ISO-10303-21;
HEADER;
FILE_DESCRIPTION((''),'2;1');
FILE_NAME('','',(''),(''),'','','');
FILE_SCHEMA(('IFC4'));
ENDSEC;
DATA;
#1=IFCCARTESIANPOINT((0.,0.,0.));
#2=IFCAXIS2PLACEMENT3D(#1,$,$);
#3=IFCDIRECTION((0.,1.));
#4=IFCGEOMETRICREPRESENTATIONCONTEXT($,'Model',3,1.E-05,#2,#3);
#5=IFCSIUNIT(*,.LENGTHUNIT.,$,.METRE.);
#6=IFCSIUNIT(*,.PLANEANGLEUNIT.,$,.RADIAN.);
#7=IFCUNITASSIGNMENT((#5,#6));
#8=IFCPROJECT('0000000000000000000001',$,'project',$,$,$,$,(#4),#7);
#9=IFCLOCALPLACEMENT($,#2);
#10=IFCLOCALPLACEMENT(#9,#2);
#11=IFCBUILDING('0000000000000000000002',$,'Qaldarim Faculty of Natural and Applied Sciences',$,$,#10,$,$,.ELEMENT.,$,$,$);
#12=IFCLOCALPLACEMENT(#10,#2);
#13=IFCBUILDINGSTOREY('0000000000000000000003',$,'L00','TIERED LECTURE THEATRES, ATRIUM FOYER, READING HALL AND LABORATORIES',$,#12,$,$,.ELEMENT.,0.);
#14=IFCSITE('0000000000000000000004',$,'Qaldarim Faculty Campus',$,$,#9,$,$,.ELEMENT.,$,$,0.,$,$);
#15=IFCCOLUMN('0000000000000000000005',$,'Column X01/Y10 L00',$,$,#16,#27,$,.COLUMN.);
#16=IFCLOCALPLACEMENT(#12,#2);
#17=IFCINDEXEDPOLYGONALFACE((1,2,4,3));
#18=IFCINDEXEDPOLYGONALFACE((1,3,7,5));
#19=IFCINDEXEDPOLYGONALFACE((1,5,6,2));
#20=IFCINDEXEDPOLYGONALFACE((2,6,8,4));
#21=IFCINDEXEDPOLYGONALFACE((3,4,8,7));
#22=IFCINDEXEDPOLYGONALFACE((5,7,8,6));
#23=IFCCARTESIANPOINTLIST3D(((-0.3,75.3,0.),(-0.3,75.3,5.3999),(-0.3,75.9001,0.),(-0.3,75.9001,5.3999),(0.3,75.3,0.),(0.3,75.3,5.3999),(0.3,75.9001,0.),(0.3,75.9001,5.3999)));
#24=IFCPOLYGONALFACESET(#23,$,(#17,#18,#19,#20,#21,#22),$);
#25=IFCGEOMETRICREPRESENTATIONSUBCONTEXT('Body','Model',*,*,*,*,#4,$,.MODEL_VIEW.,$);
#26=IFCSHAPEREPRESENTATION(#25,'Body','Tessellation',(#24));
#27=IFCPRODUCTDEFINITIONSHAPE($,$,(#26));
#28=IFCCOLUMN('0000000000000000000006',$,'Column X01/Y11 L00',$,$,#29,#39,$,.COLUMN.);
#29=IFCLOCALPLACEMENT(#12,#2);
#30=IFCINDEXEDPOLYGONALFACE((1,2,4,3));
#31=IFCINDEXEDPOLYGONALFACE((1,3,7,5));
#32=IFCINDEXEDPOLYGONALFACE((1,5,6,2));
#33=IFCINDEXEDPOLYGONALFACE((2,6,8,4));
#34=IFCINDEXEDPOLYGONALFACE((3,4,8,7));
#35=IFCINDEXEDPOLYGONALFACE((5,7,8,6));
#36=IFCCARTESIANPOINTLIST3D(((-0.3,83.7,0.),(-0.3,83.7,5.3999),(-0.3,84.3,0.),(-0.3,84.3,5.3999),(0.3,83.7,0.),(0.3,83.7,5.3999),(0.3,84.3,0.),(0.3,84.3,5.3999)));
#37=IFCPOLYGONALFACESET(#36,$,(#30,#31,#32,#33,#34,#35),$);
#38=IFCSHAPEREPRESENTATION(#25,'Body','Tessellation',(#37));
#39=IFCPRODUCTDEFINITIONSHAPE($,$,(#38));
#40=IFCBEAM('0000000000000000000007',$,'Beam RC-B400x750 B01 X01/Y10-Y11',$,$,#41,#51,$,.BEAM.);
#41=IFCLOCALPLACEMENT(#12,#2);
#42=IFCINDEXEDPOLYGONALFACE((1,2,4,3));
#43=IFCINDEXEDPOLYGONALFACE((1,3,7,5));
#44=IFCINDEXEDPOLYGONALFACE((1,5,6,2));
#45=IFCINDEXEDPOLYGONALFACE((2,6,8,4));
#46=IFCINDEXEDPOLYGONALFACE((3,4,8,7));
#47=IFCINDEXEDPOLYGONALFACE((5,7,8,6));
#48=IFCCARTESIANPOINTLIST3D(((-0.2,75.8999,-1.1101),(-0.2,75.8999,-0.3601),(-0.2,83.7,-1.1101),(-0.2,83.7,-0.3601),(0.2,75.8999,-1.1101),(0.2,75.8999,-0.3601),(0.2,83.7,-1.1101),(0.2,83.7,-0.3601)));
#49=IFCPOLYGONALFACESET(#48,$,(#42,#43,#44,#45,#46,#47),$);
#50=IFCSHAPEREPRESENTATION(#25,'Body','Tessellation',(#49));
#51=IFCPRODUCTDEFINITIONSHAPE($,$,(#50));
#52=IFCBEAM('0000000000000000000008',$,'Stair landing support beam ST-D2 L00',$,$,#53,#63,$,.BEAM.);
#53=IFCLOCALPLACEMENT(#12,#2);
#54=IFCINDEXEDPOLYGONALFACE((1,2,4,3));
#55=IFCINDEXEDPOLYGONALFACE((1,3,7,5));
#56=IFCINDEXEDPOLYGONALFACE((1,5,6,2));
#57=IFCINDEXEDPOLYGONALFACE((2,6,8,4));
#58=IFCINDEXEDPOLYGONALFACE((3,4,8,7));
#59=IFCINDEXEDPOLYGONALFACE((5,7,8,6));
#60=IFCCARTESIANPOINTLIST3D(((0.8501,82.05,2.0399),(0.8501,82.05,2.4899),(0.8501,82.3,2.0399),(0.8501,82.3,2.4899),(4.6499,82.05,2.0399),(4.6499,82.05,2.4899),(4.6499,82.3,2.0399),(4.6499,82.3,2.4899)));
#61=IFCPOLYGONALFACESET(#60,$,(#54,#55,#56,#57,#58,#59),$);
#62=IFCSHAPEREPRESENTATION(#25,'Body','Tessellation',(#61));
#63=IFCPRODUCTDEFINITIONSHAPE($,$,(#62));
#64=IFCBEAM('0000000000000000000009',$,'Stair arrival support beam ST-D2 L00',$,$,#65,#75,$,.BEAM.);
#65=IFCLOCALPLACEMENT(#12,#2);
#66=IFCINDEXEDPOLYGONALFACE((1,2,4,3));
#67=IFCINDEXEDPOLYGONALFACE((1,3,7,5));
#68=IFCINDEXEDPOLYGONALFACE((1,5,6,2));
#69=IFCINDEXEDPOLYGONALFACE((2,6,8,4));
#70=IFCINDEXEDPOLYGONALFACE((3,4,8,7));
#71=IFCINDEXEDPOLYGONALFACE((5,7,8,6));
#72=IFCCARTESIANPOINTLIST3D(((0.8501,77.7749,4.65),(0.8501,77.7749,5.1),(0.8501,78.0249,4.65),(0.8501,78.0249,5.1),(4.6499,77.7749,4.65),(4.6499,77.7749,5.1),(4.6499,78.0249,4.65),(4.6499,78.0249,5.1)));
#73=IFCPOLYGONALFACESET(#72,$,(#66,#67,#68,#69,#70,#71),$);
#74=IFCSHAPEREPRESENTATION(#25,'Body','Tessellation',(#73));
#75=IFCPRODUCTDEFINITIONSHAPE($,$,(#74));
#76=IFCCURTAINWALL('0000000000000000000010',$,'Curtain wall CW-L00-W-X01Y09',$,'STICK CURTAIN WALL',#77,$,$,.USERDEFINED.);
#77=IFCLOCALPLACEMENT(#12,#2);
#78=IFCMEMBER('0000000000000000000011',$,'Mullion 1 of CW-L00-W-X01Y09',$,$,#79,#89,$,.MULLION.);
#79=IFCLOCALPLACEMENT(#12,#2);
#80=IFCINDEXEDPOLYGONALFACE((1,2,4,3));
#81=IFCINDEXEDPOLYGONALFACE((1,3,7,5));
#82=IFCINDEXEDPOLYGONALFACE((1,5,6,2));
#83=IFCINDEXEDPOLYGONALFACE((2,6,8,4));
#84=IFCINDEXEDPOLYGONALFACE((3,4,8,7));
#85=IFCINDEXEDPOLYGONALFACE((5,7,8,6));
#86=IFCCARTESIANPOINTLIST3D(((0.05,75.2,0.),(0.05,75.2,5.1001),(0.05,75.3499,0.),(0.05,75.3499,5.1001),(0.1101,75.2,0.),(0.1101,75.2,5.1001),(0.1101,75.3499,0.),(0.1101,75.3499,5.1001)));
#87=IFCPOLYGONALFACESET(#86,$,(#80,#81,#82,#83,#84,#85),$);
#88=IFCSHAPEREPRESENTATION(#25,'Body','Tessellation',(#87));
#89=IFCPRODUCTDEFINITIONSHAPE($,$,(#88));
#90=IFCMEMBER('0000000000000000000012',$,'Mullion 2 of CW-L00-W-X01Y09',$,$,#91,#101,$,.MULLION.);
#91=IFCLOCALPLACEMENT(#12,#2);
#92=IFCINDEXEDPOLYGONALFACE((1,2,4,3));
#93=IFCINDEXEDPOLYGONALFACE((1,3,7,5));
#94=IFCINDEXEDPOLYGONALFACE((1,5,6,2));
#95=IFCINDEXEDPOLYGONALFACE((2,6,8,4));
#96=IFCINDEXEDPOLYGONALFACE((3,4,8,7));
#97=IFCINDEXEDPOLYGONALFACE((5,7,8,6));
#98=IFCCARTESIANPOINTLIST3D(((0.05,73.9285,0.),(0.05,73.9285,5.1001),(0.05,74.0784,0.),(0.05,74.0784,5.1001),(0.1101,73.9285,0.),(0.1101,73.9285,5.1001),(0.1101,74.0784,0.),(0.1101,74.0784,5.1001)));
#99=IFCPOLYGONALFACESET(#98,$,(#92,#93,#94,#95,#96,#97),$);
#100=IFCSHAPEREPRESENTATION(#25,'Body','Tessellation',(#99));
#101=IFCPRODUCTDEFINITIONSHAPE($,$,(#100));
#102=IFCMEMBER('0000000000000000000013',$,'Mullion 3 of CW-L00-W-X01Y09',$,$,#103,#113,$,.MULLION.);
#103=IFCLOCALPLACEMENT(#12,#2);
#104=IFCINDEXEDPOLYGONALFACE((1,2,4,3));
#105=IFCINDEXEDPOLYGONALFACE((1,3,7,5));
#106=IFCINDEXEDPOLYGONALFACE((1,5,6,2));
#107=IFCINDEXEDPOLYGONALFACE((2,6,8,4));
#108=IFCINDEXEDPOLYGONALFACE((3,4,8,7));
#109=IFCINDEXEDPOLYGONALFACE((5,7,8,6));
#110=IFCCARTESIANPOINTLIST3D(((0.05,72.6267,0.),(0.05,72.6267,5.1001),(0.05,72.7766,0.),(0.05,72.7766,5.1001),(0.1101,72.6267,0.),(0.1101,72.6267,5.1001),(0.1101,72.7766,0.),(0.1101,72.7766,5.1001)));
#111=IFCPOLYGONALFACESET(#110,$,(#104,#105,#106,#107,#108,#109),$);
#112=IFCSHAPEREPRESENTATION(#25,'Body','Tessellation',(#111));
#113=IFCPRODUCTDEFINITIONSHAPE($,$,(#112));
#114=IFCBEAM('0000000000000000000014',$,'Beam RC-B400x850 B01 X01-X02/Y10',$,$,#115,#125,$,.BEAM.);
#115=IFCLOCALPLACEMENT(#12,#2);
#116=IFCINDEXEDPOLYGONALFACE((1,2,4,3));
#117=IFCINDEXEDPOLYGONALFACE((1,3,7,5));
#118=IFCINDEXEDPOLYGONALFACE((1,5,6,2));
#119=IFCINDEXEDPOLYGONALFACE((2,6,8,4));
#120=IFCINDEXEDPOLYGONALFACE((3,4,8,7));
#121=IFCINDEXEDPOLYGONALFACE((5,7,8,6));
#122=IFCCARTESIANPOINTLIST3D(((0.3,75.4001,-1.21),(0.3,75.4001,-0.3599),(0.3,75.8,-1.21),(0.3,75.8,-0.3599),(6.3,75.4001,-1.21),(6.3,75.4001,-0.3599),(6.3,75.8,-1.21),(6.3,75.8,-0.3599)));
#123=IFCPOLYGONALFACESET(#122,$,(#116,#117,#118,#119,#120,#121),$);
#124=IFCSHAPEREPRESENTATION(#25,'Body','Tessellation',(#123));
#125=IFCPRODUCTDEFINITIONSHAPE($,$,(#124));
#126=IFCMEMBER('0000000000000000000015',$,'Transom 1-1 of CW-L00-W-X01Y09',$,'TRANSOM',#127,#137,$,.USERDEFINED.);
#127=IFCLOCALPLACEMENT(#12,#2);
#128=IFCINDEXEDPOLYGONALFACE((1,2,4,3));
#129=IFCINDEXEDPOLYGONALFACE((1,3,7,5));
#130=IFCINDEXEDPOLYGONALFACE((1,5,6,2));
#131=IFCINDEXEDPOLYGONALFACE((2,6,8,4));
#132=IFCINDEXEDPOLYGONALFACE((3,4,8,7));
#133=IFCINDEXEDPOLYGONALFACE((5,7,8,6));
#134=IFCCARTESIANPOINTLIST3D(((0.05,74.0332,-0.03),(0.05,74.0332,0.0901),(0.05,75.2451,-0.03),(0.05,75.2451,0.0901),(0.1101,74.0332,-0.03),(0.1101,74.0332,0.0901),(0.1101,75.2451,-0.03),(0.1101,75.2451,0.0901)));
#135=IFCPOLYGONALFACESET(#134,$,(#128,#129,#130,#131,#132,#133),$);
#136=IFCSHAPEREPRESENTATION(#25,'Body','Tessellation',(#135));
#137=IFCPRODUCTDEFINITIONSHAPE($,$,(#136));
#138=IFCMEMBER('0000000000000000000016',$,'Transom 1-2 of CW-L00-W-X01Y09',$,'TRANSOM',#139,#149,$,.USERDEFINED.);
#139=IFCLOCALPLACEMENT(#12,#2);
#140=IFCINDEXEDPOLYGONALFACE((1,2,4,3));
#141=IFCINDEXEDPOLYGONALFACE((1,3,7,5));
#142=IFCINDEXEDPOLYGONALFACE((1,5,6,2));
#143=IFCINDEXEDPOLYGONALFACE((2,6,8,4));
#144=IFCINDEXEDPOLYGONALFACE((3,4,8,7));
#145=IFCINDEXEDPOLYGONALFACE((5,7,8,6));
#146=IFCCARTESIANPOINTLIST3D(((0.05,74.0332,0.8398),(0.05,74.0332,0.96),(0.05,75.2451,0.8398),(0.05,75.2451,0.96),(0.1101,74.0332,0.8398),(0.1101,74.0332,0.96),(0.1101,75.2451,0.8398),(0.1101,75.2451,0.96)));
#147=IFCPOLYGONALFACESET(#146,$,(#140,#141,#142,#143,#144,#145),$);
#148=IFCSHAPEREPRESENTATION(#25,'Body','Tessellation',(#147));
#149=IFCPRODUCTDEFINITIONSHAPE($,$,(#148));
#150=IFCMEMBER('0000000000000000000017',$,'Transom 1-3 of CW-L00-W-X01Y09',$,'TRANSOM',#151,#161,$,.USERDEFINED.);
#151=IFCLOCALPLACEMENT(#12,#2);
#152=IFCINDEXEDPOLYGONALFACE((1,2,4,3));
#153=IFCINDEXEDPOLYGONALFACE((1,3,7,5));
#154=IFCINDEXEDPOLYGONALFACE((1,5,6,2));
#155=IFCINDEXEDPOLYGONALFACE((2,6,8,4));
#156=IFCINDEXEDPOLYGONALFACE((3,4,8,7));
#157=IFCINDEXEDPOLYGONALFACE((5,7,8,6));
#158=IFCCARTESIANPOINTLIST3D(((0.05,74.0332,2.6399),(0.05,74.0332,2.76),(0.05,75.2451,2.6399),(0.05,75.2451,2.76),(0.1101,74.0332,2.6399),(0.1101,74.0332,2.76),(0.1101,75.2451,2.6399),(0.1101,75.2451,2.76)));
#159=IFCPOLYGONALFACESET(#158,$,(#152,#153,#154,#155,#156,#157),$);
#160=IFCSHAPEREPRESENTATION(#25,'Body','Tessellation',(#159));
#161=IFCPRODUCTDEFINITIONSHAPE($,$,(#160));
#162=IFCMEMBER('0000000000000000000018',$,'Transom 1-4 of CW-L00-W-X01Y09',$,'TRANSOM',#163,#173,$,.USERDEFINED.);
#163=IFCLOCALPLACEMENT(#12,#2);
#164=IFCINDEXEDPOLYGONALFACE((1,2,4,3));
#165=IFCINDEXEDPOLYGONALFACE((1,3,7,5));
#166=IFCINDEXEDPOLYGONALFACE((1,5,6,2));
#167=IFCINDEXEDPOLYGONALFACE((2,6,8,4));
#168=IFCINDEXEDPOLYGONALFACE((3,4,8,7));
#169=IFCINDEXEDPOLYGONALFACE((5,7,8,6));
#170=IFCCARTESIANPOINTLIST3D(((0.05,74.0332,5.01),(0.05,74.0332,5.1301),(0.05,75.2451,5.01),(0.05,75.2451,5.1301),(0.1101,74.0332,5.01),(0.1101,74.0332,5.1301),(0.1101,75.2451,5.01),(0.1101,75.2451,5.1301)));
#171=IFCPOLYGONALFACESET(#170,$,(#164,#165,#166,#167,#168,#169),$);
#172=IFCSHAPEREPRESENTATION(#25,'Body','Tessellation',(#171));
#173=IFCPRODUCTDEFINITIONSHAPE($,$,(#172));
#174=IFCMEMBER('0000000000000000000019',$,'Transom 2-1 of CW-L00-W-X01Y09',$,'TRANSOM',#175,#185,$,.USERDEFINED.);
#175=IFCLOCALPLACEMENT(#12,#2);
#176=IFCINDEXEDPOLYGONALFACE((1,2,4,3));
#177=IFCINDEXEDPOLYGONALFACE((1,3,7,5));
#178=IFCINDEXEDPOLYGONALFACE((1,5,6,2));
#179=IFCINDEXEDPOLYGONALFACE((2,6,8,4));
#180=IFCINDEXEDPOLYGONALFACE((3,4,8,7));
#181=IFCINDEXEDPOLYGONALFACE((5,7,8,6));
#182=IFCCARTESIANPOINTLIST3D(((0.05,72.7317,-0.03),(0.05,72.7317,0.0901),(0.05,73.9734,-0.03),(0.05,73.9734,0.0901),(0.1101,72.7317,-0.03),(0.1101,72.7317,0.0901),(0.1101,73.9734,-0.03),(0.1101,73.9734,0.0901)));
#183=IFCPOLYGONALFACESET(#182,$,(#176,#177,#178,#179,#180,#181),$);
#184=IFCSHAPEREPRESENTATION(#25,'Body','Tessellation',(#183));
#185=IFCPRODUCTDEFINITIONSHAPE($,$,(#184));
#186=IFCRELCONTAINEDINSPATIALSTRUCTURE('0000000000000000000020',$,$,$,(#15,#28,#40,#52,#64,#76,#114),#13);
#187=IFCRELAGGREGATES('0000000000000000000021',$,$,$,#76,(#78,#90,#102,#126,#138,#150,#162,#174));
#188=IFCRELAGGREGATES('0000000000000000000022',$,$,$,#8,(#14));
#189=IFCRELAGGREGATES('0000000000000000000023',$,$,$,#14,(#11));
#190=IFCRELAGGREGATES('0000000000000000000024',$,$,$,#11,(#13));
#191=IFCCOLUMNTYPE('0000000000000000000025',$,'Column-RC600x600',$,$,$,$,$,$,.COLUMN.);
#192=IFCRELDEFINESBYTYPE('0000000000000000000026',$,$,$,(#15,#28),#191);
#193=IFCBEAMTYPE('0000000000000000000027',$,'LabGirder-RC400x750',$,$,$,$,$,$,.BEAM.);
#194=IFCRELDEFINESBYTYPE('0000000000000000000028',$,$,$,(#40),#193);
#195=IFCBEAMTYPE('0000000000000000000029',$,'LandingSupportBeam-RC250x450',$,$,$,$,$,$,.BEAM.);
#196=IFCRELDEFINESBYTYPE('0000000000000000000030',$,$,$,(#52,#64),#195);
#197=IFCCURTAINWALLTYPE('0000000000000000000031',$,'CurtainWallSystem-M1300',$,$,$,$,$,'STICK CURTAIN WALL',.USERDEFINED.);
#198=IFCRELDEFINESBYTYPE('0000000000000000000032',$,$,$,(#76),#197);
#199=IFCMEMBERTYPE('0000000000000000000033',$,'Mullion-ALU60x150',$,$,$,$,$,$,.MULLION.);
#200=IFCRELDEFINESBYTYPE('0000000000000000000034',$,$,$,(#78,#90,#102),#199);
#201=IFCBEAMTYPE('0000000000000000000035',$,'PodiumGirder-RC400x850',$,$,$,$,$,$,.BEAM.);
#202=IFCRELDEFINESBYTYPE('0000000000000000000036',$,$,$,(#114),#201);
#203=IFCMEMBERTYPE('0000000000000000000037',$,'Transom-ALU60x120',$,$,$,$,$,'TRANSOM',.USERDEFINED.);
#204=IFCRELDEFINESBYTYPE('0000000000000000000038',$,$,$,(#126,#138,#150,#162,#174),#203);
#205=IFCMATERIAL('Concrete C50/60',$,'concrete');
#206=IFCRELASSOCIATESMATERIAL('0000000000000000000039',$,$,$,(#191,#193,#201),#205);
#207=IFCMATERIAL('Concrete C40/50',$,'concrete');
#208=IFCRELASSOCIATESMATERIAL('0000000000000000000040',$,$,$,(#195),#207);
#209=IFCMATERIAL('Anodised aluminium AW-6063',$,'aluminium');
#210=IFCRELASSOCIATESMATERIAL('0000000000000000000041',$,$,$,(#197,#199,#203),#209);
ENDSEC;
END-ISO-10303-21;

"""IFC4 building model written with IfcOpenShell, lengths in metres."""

from ifc_helpers import new_model, si_unit, direction, frame, origin, origin_2d, place, context, subcontext, project, spatial, rectangle, extrude, material, material_profile, profile_set, type_object, element, aggregate, save


model = new_model("IFC4")

# Units and contexts
model_context = context("Model", 3, precision=1e-05, world=origin(), true_north=direction((0.0, 1.0)))
body_context = subcontext(model_context, "Body", "Model", "MODEL_VIEW")
ifc_project = project(units=[si_unit("LENGTHUNIT", "METRE"), si_unit("PLANEANGLEUNIT", "RADIAN")], contexts=[model_context])

# Site, building, storey
site_placement = place(None, origin())
site = spatial("IfcSite", under=ifc_project, at=site_placement, Name="Qaldarim Faculty Campus", CompositionType="ELEMENT", RefElevation=0.0)
building_placement = place(site_placement, origin())
building = spatial("IfcBuilding", under=site, at=building_placement, Name="Qaldarim Faculty of Natural and Applied Sciences", CompositionType="ELEMENT")
storey_placement = place(building_placement, origin())
storey = spatial("IfcBuildingStorey", under=building, at=storey_placement, Name="L00", Description="TIERED LECTURE THEATRES, ATRIUM FOYER, READING HALL AND LABORATORIES", CompositionType="ELEMENT", Elevation=0.0)

# Columns
ifc_material_1 = material(Name="Concrete C50/60", Category="concrete")
ifc_material_profile_1 = material_profile(ifc_material_1, rectangle(XDim=0.6001, YDim=0.6001, at=origin_2d()), Name="RC-C600x600")
ifc_profile_set_1 = profile_set([ifc_material_profile_1], Name="Concrete C50/60")
column_type = type_object("IfcColumnType", Name="Column-RC600x600", PredefinedType="COLUMN", material=ifc_profile_set_1)
for number, where, z_axis, x_axis, name in (
    (1, (0.0, 75.6001, 0.0), (0.0, 0.0, 1.0), (1.0, 0.0, 0.0), "Column X01/Y10 L00"),
    (2, (0.0, 84.0, 0.0), (0.0, 0.0, 1.0), (1.0, 0.0, 0.0), "Column X01/Y11 L00"),
):
    element("IfcColumn", number, at=place(storey_placement, frame(where, z_axis=z_axis, x_axis=x_axis)), inside=storey, type_object=column_type, Name=name, PredefinedType="COLUMN", context=body_context, shape_type="SweptSolid", body=[
        extrude(rectangle(XDim=0.6001, YDim=0.6001, at=origin_2d()), origin(), (0.0, 0.0, 1.0), 5.3999),
    ])

# Beams
ifc_material_profile_2 = material_profile(ifc_material_1, rectangle(XDim=0.3999, YDim=0.75, at=origin_2d()), Name="RC-B400x750")
ifc_profile_set_2 = profile_set([ifc_material_profile_2], Name="Concrete C50/60")
beam_type_1 = type_object("IfcBeamType", Name="LabGirder-RC400x750", PredefinedType="BEAM", material=ifc_profile_set_2)
beam_1_placement = place(storey_placement, frame((0.0, 75.8999, -0.7351), z_axis=(0.0, 1.0, 0.0), x_axis=(-1.0, 0.0, 0.0)))
element("IfcBeam", 3, at=beam_1_placement, inside=storey, type_object=beam_type_1, Name="Beam RC-B400x750 B01 X01/Y10-Y11", PredefinedType="BEAM", context=body_context, shape_type="SweptSolid", body=[
    extrude(rectangle(XDim=0.3999, YDim=0.75, at=origin_2d()), origin(), (0.0, 0.0, 1.0), 7.8),
])
ifc_material_2 = material(Name="Concrete C40/50", Category="concrete")
ifc_material_profile_3 = material_profile(ifc_material_2, rectangle(XDim=0.25, YDim=0.45, at=origin_2d()), Name="RC-LN250x450")
ifc_profile_set_3 = profile_set([ifc_material_profile_3], Name="Concrete C40/50")
beam_type_2 = type_object("IfcBeamType", Name="LandingSupportBeam-RC250x450", PredefinedType="BEAM", material=ifc_profile_set_3)
for number, where, z_axis, x_axis, name in (
    (4, (0.8501, 82.175, 2.2649), (1.0, 0.0, 0.0), (0.0, 1.0, 0.0), "Stair landing support beam ST-D2 L00"),
    (5, (0.8501, 77.8999, 4.875), (1.0, 0.0, 0.0), (0.0, 1.0, 0.0), "Stair arrival support beam ST-D2 L00"),
):
    element("IfcBeam", number, at=place(storey_placement, frame(where, z_axis=z_axis, x_axis=x_axis)), inside=storey, type_object=beam_type_2, Name=name, PredefinedType="BEAM", context=body_context, shape_type="SweptSolid", body=[
        extrude(rectangle(XDim=0.25, YDim=0.45, at=origin_2d()), origin(), (0.0, 0.0, 1.0), 3.7998),
    ])

# Curtain wall, members
ifc_material_3 = material(Name="Anodised aluminium AW-6063", Category="aluminium")
curtain_wall_type = type_object("IfcCurtainWallType", Name="CurtainWallSystem-M1300", ElementType="STICK CURTAIN WALL", PredefinedType="USERDEFINED", material=ifc_material_3)
curtain_wall_placement = place(storey_placement, origin())
curtain_wall = element("IfcCurtainWall", 6, at=curtain_wall_placement, inside=storey, type_object=curtain_wall_type, Name="Curtain wall CW-L00-W-X01Y09", ObjectType="STICK CURTAIN WALL", PredefinedType="USERDEFINED")
ifc_material_profile_4 = material_profile(ifc_material_3, rectangle(XDim=0.0601, YDim=0.1499, at=origin_2d()), Name="ALU-M60x150")
ifc_profile_set_4 = profile_set([ifc_material_profile_4], Name="Anodised aluminium AW-6063")
member_type_1 = type_object("IfcMemberType", Name="Mullion-ALU60x150", PredefinedType="MULLION", material=ifc_profile_set_4)
member_1_placement = place(storey_placement, frame((0.0801, 75.2749, 0.0), z_axis=(0.0, 0.0, 1.0), x_axis=(1.0, 0.0, 0.0)))
member_1 = element("IfcMember", 7, at=member_1_placement, type_object=member_type_1, Name="Mullion 1 of CW-L00-W-X01Y09", PredefinedType="MULLION", context=body_context, shape_type="SweptSolid", body=[
    extrude(rectangle(XDim=0.0601, YDim=0.1499, at=origin_2d()), origin(), (0.0, 0.0, 1.0), 5.1001),
])
member_2_placement = place(storey_placement, frame((0.0801, 74.0034, 0.0), z_axis=(0.0, 0.0, 1.0), x_axis=(1.0, 0.0, 0.0)))
member_2 = element("IfcMember", 8, at=member_2_placement, type_object=member_type_1, Name="Mullion 2 of CW-L00-W-X01Y09", PredefinedType="MULLION", context=body_context, shape_type="SweptSolid", body=[
    extrude(rectangle(XDim=0.0601, YDim=0.1499, at=origin_2d()), origin(), (0.0, 0.0, 1.0), 5.1001),
])
member_3_placement = place(storey_placement, frame((0.0801, 72.7017, 0.0), z_axis=(0.0, 0.0, 1.0), x_axis=(1.0, 0.0, 0.0)))
member_3 = element("IfcMember", 9, at=member_3_placement, type_object=member_type_1, Name="Mullion 3 of CW-L00-W-X01Y09", PredefinedType="MULLION", context=body_context, shape_type="SweptSolid", body=[
    extrude(rectangle(XDim=0.0601, YDim=0.1499, at=origin_2d()), origin(), (0.0, 0.0, 1.0), 5.1001),
])

# Beam
ifc_material_profile_5 = material_profile(ifc_material_1, rectangle(XDim=0.3999, YDim=0.8501, at=origin_2d()), Name="RC-B400x850")
ifc_profile_set_5 = profile_set([ifc_material_profile_5], Name="Concrete C50/60")
beam_type_3 = type_object("IfcBeamType", Name="PodiumGirder-RC400x850", PredefinedType="BEAM", material=ifc_profile_set_5)
beam_2_placement = place(storey_placement, frame((0.3, 75.6001, -0.7849), z_axis=(1.0, 0.0, 0.0), x_axis=(0.0, 1.0, 0.0)))
element("IfcBeam", 10, at=beam_2_placement, inside=storey, type_object=beam_type_3, Name="Beam RC-B400x850 B01 X01-X02/Y10", PredefinedType="BEAM", context=body_context, shape_type="SweptSolid", body=[
    extrude(rectangle(XDim=0.3999, YDim=0.8501, at=origin_2d()), origin(), (0.0, 0.0, 1.0), 6.0),
])

# Members
ifc_material_profile_6 = material_profile(ifc_material_3, rectangle(XDim=0.0601, YDim=0.1201, at=origin_2d()), Name="ALU-T60x120")
ifc_profile_set_6 = profile_set([ifc_material_profile_6], Name="Anodised aluminium AW-6063")
member_type_2 = type_object("IfcMemberType", Name="Transom-ALU60x120", ElementType="TRANSOM", PredefinedType="USERDEFINED", material=ifc_profile_set_6)
member_4_placement = place(storey_placement, frame((0.0801, 75.2451, 0.03), z_axis=(0.0, -1.0, 0.0), x_axis=(1.0, 0.0, 0.0)))
member_4 = element("IfcMember", 11, at=member_4_placement, type_object=member_type_2, Name="Transom 1-1 of CW-L00-W-X01Y09", ObjectType="TRANSOM", PredefinedType="USERDEFINED", context=body_context, shape_type="SweptSolid", body=[
    extrude(rectangle(XDim=0.0601, YDim=0.1201, at=origin_2d()), origin(), (0.0, 0.0, 1.0), 1.2119),
])
member_5_placement = place(storey_placement, frame((0.0801, 75.2451, 0.8999), z_axis=(0.0, -1.0, 0.0), x_axis=(1.0, 0.0, 0.0)))
member_5 = element("IfcMember", 12, at=member_5_placement, type_object=member_type_2, Name="Transom 1-2 of CW-L00-W-X01Y09", ObjectType="TRANSOM", PredefinedType="USERDEFINED", context=body_context, shape_type="SweptSolid", body=[
    extrude(rectangle(XDim=0.0601, YDim=0.1201, at=origin_2d()), origin(), (0.0, 0.0, 1.0), 1.2119),
])
member_6_placement = place(storey_placement, frame((0.0801, 75.2451, 2.7), z_axis=(0.0, -1.0, 0.0), x_axis=(1.0, 0.0, 0.0)))
member_6 = element("IfcMember", 13, at=member_6_placement, type_object=member_type_2, Name="Transom 1-3 of CW-L00-W-X01Y09", ObjectType="TRANSOM", PredefinedType="USERDEFINED", context=body_context, shape_type="SweptSolid", body=[
    extrude(rectangle(XDim=0.0601, YDim=0.1201, at=origin_2d()), origin(), (0.0, 0.0, 1.0), 1.2119),
])
member_7_placement = place(storey_placement, frame((0.0801, 75.2451, 5.0701), z_axis=(0.0, -1.0, 0.0), x_axis=(1.0, 0.0, 0.0)))
member_7 = element("IfcMember", 14, at=member_7_placement, type_object=member_type_2, Name="Transom 1-4 of CW-L00-W-X01Y09", ObjectType="TRANSOM", PredefinedType="USERDEFINED", context=body_context, shape_type="SweptSolid", body=[
    extrude(rectangle(XDim=0.0601, YDim=0.1201, at=origin_2d()), origin(), (0.0, 0.0, 1.0), 1.2119),
])
member_8_placement = place(storey_placement, frame((0.0801, 73.9734, 0.03), z_axis=(0.0, -1.0, 0.0), x_axis=(1.0, 0.0, 0.0)))
member_8 = element("IfcMember", 15, at=member_8_placement, type_object=member_type_2, Name="Transom 2-1 of CW-L00-W-X01Y09", ObjectType="TRANSOM", PredefinedType="USERDEFINED", context=body_context, shape_type="SweptSolid", body=[
    extrude(rectangle(XDim=0.0601, YDim=0.1201, at=origin_2d()), origin(), (0.0, 0.0, 1.0), 1.2417),
])

aggregate(curtain_wall, [member_1, member_2, member_3, member_4, member_5, member_6, member_7, member_8])

save(model, "model.ifc")
